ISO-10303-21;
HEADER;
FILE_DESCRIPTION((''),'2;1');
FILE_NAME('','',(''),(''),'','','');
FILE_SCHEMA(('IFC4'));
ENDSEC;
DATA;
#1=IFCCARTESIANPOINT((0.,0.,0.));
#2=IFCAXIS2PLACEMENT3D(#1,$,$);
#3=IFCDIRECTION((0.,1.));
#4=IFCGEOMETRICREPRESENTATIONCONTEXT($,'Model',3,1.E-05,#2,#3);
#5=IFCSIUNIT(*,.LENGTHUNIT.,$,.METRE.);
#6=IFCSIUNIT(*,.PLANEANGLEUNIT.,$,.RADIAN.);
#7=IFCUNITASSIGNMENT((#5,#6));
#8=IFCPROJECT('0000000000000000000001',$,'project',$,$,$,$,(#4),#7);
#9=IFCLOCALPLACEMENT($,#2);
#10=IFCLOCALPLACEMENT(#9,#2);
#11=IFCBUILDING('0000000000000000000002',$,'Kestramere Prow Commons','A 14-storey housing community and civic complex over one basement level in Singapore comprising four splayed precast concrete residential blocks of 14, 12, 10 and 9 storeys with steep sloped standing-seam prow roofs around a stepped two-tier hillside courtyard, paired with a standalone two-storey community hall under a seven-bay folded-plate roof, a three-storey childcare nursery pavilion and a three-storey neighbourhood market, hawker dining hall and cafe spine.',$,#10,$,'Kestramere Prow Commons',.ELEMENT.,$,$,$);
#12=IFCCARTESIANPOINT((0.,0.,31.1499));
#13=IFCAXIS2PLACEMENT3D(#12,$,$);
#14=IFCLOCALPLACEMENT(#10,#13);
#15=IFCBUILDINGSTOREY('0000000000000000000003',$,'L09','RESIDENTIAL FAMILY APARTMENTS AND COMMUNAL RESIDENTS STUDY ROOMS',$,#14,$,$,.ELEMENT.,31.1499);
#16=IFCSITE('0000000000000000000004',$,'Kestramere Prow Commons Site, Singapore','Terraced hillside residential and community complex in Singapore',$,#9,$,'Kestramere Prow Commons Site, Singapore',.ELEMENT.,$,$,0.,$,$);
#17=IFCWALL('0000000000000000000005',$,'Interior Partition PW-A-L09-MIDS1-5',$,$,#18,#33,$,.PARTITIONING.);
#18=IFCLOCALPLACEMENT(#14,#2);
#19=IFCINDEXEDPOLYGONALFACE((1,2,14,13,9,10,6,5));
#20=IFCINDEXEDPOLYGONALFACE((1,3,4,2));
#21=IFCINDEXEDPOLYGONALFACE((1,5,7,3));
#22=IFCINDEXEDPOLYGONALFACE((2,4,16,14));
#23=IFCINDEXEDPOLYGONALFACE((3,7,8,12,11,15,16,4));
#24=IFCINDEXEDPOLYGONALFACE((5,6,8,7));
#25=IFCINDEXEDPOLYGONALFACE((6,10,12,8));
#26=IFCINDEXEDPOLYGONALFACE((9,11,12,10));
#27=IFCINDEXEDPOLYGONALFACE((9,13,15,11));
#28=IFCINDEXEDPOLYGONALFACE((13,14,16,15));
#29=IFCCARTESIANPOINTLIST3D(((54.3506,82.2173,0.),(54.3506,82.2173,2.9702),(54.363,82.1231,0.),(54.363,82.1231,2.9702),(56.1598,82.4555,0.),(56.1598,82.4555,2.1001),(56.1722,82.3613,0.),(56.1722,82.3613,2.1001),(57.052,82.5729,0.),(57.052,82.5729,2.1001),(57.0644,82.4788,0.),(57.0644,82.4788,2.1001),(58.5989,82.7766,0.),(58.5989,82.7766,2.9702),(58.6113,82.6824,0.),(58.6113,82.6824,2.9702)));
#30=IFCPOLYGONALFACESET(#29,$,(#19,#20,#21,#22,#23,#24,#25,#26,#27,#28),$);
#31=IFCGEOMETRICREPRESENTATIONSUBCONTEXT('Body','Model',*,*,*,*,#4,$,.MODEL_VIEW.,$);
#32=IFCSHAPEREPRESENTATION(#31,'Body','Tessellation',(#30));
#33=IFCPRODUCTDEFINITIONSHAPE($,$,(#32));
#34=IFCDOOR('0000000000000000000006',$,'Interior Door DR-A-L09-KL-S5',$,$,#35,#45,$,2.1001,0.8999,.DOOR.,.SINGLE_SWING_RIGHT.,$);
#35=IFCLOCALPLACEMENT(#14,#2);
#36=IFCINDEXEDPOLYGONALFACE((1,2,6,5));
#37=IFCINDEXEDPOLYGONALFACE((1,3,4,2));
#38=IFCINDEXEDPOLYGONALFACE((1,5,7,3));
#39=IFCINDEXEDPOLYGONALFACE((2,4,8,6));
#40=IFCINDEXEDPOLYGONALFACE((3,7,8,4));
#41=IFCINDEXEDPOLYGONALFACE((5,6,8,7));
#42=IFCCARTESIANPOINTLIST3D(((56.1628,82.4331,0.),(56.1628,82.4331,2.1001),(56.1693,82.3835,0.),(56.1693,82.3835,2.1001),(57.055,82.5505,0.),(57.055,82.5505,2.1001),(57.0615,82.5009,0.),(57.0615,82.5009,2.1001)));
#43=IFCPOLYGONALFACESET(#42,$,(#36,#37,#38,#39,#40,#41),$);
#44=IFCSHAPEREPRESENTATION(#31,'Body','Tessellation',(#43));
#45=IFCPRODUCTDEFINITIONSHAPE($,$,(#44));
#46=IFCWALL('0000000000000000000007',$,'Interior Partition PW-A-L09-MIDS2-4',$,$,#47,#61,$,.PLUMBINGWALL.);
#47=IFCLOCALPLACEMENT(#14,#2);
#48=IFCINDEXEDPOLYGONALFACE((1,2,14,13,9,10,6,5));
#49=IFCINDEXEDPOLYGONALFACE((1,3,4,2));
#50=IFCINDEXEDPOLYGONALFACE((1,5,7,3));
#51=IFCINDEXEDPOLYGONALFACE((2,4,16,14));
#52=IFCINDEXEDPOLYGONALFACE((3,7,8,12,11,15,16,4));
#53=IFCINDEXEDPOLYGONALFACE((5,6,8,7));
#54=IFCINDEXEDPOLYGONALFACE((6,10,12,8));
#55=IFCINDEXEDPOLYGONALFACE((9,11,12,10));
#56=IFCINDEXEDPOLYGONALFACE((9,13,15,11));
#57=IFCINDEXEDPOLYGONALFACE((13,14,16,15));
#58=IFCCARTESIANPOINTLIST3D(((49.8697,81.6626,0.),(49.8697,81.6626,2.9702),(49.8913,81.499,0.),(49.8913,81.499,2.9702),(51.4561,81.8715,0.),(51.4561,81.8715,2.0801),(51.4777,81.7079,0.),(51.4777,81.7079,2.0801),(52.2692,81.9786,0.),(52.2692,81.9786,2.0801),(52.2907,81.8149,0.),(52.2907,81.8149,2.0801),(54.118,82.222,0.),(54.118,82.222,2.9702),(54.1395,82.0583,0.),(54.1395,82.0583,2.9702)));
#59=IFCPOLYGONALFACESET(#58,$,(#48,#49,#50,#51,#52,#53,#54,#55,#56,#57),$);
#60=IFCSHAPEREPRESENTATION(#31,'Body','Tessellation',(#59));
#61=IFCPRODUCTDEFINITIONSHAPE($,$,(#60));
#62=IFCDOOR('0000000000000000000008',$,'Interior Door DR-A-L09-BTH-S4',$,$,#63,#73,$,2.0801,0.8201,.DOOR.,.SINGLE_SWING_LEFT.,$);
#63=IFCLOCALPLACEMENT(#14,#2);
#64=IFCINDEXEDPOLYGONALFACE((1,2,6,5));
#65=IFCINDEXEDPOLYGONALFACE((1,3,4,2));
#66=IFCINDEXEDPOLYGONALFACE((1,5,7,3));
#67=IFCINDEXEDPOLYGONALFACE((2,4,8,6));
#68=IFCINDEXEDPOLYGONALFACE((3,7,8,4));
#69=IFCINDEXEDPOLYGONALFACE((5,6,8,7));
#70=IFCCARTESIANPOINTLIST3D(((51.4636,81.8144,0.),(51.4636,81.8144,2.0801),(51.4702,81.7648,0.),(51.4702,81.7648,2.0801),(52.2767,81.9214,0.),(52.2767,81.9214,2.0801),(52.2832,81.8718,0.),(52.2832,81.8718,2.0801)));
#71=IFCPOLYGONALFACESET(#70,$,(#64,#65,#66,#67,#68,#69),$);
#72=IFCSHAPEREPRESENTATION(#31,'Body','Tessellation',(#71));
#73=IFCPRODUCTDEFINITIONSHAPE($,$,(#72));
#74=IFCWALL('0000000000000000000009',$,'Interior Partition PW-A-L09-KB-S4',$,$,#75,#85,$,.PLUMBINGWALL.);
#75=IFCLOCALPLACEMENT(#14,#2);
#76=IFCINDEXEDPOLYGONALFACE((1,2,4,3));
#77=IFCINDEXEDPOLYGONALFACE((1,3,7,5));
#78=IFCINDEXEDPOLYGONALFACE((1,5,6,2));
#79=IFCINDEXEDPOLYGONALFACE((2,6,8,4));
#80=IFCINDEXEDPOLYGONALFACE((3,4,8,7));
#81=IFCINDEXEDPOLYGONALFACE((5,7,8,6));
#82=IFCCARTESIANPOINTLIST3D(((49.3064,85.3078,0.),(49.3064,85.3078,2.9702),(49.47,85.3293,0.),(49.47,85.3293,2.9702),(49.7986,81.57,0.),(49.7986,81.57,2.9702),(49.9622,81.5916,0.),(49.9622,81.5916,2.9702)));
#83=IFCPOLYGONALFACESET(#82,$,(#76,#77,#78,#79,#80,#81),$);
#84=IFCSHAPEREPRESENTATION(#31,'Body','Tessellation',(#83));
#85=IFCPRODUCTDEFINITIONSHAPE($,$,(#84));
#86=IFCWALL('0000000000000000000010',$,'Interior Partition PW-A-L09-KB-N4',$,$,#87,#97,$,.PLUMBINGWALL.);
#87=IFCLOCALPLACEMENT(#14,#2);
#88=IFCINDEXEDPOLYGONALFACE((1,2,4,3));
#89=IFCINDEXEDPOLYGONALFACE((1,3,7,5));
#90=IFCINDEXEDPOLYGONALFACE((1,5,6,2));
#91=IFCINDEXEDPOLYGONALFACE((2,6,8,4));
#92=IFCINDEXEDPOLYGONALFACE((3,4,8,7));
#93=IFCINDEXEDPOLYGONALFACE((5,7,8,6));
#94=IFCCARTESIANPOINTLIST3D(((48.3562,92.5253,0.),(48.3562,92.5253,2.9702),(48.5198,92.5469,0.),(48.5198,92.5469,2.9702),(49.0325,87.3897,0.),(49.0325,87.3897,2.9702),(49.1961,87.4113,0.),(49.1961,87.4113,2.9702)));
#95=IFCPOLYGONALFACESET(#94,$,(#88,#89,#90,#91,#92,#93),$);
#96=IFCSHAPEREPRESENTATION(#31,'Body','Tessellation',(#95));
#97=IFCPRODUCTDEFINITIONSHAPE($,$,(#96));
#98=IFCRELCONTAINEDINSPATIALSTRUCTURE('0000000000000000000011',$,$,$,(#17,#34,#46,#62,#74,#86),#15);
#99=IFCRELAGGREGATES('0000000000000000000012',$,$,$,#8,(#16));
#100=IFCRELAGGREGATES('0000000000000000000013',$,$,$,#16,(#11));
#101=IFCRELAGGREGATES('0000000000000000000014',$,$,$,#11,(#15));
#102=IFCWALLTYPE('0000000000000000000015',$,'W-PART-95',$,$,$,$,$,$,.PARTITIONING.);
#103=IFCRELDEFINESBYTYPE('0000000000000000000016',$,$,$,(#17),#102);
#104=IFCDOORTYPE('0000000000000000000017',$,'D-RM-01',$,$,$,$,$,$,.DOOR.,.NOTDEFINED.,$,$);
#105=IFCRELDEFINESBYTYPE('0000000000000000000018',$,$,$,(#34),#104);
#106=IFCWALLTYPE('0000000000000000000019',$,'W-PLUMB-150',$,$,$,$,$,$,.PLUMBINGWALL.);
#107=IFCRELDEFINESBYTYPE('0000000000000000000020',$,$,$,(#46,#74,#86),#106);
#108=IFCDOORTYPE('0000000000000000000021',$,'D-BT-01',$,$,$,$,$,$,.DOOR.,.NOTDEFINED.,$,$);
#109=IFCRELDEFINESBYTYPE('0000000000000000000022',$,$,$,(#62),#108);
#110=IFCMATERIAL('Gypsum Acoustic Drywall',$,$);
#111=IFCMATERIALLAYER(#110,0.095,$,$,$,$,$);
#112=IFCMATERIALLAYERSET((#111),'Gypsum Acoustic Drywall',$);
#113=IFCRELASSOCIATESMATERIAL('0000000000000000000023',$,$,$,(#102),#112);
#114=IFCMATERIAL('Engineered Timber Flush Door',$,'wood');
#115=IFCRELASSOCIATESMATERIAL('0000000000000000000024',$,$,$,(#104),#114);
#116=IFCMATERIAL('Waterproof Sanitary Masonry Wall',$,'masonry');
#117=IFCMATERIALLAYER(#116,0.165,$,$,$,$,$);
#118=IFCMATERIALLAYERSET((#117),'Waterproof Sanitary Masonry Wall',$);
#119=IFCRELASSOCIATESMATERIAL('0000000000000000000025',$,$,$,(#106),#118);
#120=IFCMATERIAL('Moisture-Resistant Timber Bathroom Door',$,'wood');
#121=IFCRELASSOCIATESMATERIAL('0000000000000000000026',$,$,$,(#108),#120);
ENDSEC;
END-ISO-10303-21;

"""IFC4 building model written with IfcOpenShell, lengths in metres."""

from ifc_helpers import new_model, si_unit, direction, frame, frame_2d, origin, place, context, subcontext, project, spatial, rectangle, extrude, material, layer, layer_set, type_object, element, fill, save


model = new_model("IFC4")

# Units and contexts
model_context = context("Model", 3, precision=1e-05, world=origin(), true_north=direction((0.0, 1.0)))
body_context = subcontext(model_context, "Body", "Model", "MODEL_VIEW")
ifc_project = project(units=[si_unit("LENGTHUNIT", "METRE"), si_unit("PLANEANGLEUNIT", "RADIAN")], contexts=[model_context])

# Site, building, storey
site_placement = place(None, origin())
site = spatial("IfcSite", under=ifc_project, at=site_placement, Name="Kestramere Prow Commons Site, Singapore", Description="Terraced hillside residential and community complex in Singapore", LongName="Kestramere Prow Commons Site, Singapore", CompositionType="ELEMENT", RefElevation=0.0)
building_placement = place(site_placement, origin())
building = spatial("IfcBuilding", under=site, at=building_placement, Name="Kestramere Prow Commons", Description="A 14-storey housing community and civic complex over one basement level in Singapore comprising four splayed precast concrete residential blocks of 14, 12, 10 and 9 storeys with steep sloped standing-seam prow roofs around a stepped two-tier hillside courtyard, paired with a standalone two-storey community hall under a seven-bay folded-plate roof, a three-storey childcare nursery pavilion and a three-storey neighbourhood market, hawker dining hall and cafe spine.", LongName="Kestramere Prow Commons", CompositionType="ELEMENT")
storey_placement = place(building_placement, frame((0.0, 0.0, 31.1499)))
storey = spatial("IfcBuildingStorey", under=building, at=storey_placement, Name="L09", Description="RESIDENTIAL FAMILY APARTMENTS AND COMMUNAL RESIDENTS STUDY ROOMS", CompositionType="ELEMENT", Elevation=31.1499)

# Shared definitions
ifc_material_1 = material(Name="Gypsum Acoustic Drywall")

# Walls, openings, doors
ifc_layer_1 = layer(ifc_material_1, 0.095)
ifc_layer_set_1 = layer_set([ifc_layer_1], Name="Gypsum Acoustic Drywall")
wall_type_1 = type_object("IfcWallType", Name="W-PART-95", PredefinedType="PARTITIONING", material=ifc_layer_set_1)
wall_1_placement = place(storey_placement, frame((54.3567, 82.1702, 0.0), z_axis=(0.0, 0.0, 1.0), x_axis=(0.991444, 0.130533, 0.0)))
wall_1 = element("IfcWall", 1, at=wall_1_placement, inside=storey, type_object=wall_type_1, Name="Interior Partition PW-A-L09-MIDS1-5", PredefinedType="PARTITIONING", context=body_context, shape_type="SweptSolid", body=[
    extrude(rectangle(XDim=4.2849, YDim=0.095, at=frame_2d((2.1426, 0.0))), origin(), (0.0, 0.0, 1.0), 2.9702),
])
opening_1_placement = place(wall_1_placement, frame((1.825, 0.0, 0.0)))
opening_1 = element("IfcOpeningElement", 2, at=opening_1_placement, cuts=wall_1, PredefinedType="OPENING", context=body_context, shape_type="SweptSolid", body=[
    extrude(rectangle(XDim=0.8999, YDim=2.1001, at=frame_2d((0.45, 1.05))), frame((0.0, 0.0625, 0.0), z_axis=(0.0, -1.0, 0.0), x_axis=(1.0, 0.0, 0.0)), (0.0, 0.0, 1.0), 0.125),
])
ifc_material_2 = material(Name="Engineered Timber Flush Door", Category="wood")
door_type_1 = type_object("IfcDoorType", Name="D-RM-01", OperationType="NOTDEFINED", PredefinedType="DOOR", material=ifc_material_2)
door_1_placement = place(opening_1_placement, origin())
door_1 = element("IfcDoor", 3, at=door_1_placement, inside=storey, type_object=door_type_1, Name="Interior Door DR-A-L09-KL-S5", OperationType="SINGLE_SWING_RIGHT", OverallHeight=2.1001, OverallWidth=0.8999, PredefinedType="DOOR", context=body_context, shape_type="SweptSolid", body=[
    extrude(rectangle(XDim=0.8999, YDim=2.1001, at=frame_2d((0.45, 1.05))), frame((0.0, 0.0249, 0.0), z_axis=(0.0, -1.0, 0.0), x_axis=(1.0, 0.0, 0.0)), (0.0, 0.0, 1.0), 0.05),
])
fill(opening_1, door_1)
ifc_material_3 = material(Name="Waterproof Sanitary Masonry Wall", Category="masonry")
ifc_layer_2 = layer(ifc_material_3, 0.165)
ifc_layer_set_2 = layer_set([ifc_layer_2], Name="Waterproof Sanitary Masonry Wall")
wall_type_2 = type_object("IfcWallType", Name="W-PLUMB-150", PredefinedType="PLUMBINGWALL", material=ifc_layer_set_2)
wall_2_placement = place(storey_placement, frame((49.8804, 81.5808, 0.0), z_axis=(0.0, 0.0, 1.0), x_axis=(0.991444, 0.130533, 0.0)))
wall_2 = element("IfcWall", 4, at=wall_2_placement, inside=storey, type_object=wall_type_2, Name="Interior Partition PW-A-L09-MIDS2-4", PredefinedType="PLUMBINGWALL", context=body_context, shape_type="SweptSolid", body=[
    extrude(rectangle(XDim=4.2849, YDim=0.165, at=frame_2d((2.1426, 0.0))), origin(), (0.0, 0.0, 1.0), 2.9702),
])
opening_2_placement = place(wall_2_placement, frame((1.6001, 0.0, 0.0)))
opening_2 = element("IfcOpeningElement", 5, at=opening_2_placement, cuts=wall_2, PredefinedType="OPENING", context=body_context, shape_type="SweptSolid", body=[
    extrude(rectangle(XDim=0.8201, YDim=2.0801, at=frame_2d((0.4102, 1.04))), frame((0.0, 0.0974, 0.0), z_axis=(0.0, -1.0, 0.0), x_axis=(1.0, 0.0, 0.0)), (0.0, 0.0, 1.0), 0.1951),
])
ifc_material_4 = material(Name="Moisture-Resistant Timber Bathroom Door", Category="wood")
door_type_2 = type_object("IfcDoorType", Name="D-BT-01", OperationType="NOTDEFINED", PredefinedType="DOOR", material=ifc_material_4)
door_2_placement = place(opening_2_placement, origin())
door_2 = element("IfcDoor", 6, at=door_2_placement, inside=storey, type_object=door_type_2, Name="Interior Door DR-A-L09-BTH-S4", OperationType="SINGLE_SWING_LEFT", OverallHeight=2.0801, OverallWidth=0.8201, PredefinedType="DOOR", context=body_context, shape_type="SweptSolid", body=[
    extrude(rectangle(XDim=0.8201, YDim=2.0801, at=frame_2d((0.4102, 1.04))), frame((0.0, 0.0249, 0.0), z_axis=(0.0, -1.0, 0.0), x_axis=(1.0, 0.0, 0.0)), (0.0, 0.0, 1.0), 0.05),
])
fill(opening_2, door_2)

# Walls
wall_3_placement = place(storey_placement, frame((49.8804, 81.5808, 0.0), z_axis=(0.0, 0.0, 1.0), x_axis=(-0.130552, 0.991442, 0.0)))
element("IfcWall", 7, at=wall_3_placement, inside=storey, type_object=wall_type_2, Name="Interior Partition PW-A-L09-KB-S4", PredefinedType="PLUMBINGWALL", context=body_context, shape_type="SweptSolid", body=[
    extrude(rectangle(XDim=3.77, YDim=0.165, at=frame_2d((1.885, 0.0))), origin(), (0.0, 0.0, 1.0), 2.9702),
])
wall_4_placement = place(storey_placement, frame((49.1143, 87.4006, 0.0), z_axis=(0.0, 0.0, 1.0), x_axis=(-0.130558, 0.991441, 0.0)))
element("IfcWall", 8, at=wall_4_placement, inside=storey, type_object=wall_type_2, Name="Interior Partition PW-A-L09-KB-N4", PredefinedType="PLUMBINGWALL", context=body_context, shape_type="SweptSolid", body=[
    extrude(rectangle(XDim=5.1799, YDim=0.165, at=frame_2d((2.5898, 0.0))), origin(), (0.0, 0.0, 1.0), 2.9702),
])

save(model, "model.ifc")
